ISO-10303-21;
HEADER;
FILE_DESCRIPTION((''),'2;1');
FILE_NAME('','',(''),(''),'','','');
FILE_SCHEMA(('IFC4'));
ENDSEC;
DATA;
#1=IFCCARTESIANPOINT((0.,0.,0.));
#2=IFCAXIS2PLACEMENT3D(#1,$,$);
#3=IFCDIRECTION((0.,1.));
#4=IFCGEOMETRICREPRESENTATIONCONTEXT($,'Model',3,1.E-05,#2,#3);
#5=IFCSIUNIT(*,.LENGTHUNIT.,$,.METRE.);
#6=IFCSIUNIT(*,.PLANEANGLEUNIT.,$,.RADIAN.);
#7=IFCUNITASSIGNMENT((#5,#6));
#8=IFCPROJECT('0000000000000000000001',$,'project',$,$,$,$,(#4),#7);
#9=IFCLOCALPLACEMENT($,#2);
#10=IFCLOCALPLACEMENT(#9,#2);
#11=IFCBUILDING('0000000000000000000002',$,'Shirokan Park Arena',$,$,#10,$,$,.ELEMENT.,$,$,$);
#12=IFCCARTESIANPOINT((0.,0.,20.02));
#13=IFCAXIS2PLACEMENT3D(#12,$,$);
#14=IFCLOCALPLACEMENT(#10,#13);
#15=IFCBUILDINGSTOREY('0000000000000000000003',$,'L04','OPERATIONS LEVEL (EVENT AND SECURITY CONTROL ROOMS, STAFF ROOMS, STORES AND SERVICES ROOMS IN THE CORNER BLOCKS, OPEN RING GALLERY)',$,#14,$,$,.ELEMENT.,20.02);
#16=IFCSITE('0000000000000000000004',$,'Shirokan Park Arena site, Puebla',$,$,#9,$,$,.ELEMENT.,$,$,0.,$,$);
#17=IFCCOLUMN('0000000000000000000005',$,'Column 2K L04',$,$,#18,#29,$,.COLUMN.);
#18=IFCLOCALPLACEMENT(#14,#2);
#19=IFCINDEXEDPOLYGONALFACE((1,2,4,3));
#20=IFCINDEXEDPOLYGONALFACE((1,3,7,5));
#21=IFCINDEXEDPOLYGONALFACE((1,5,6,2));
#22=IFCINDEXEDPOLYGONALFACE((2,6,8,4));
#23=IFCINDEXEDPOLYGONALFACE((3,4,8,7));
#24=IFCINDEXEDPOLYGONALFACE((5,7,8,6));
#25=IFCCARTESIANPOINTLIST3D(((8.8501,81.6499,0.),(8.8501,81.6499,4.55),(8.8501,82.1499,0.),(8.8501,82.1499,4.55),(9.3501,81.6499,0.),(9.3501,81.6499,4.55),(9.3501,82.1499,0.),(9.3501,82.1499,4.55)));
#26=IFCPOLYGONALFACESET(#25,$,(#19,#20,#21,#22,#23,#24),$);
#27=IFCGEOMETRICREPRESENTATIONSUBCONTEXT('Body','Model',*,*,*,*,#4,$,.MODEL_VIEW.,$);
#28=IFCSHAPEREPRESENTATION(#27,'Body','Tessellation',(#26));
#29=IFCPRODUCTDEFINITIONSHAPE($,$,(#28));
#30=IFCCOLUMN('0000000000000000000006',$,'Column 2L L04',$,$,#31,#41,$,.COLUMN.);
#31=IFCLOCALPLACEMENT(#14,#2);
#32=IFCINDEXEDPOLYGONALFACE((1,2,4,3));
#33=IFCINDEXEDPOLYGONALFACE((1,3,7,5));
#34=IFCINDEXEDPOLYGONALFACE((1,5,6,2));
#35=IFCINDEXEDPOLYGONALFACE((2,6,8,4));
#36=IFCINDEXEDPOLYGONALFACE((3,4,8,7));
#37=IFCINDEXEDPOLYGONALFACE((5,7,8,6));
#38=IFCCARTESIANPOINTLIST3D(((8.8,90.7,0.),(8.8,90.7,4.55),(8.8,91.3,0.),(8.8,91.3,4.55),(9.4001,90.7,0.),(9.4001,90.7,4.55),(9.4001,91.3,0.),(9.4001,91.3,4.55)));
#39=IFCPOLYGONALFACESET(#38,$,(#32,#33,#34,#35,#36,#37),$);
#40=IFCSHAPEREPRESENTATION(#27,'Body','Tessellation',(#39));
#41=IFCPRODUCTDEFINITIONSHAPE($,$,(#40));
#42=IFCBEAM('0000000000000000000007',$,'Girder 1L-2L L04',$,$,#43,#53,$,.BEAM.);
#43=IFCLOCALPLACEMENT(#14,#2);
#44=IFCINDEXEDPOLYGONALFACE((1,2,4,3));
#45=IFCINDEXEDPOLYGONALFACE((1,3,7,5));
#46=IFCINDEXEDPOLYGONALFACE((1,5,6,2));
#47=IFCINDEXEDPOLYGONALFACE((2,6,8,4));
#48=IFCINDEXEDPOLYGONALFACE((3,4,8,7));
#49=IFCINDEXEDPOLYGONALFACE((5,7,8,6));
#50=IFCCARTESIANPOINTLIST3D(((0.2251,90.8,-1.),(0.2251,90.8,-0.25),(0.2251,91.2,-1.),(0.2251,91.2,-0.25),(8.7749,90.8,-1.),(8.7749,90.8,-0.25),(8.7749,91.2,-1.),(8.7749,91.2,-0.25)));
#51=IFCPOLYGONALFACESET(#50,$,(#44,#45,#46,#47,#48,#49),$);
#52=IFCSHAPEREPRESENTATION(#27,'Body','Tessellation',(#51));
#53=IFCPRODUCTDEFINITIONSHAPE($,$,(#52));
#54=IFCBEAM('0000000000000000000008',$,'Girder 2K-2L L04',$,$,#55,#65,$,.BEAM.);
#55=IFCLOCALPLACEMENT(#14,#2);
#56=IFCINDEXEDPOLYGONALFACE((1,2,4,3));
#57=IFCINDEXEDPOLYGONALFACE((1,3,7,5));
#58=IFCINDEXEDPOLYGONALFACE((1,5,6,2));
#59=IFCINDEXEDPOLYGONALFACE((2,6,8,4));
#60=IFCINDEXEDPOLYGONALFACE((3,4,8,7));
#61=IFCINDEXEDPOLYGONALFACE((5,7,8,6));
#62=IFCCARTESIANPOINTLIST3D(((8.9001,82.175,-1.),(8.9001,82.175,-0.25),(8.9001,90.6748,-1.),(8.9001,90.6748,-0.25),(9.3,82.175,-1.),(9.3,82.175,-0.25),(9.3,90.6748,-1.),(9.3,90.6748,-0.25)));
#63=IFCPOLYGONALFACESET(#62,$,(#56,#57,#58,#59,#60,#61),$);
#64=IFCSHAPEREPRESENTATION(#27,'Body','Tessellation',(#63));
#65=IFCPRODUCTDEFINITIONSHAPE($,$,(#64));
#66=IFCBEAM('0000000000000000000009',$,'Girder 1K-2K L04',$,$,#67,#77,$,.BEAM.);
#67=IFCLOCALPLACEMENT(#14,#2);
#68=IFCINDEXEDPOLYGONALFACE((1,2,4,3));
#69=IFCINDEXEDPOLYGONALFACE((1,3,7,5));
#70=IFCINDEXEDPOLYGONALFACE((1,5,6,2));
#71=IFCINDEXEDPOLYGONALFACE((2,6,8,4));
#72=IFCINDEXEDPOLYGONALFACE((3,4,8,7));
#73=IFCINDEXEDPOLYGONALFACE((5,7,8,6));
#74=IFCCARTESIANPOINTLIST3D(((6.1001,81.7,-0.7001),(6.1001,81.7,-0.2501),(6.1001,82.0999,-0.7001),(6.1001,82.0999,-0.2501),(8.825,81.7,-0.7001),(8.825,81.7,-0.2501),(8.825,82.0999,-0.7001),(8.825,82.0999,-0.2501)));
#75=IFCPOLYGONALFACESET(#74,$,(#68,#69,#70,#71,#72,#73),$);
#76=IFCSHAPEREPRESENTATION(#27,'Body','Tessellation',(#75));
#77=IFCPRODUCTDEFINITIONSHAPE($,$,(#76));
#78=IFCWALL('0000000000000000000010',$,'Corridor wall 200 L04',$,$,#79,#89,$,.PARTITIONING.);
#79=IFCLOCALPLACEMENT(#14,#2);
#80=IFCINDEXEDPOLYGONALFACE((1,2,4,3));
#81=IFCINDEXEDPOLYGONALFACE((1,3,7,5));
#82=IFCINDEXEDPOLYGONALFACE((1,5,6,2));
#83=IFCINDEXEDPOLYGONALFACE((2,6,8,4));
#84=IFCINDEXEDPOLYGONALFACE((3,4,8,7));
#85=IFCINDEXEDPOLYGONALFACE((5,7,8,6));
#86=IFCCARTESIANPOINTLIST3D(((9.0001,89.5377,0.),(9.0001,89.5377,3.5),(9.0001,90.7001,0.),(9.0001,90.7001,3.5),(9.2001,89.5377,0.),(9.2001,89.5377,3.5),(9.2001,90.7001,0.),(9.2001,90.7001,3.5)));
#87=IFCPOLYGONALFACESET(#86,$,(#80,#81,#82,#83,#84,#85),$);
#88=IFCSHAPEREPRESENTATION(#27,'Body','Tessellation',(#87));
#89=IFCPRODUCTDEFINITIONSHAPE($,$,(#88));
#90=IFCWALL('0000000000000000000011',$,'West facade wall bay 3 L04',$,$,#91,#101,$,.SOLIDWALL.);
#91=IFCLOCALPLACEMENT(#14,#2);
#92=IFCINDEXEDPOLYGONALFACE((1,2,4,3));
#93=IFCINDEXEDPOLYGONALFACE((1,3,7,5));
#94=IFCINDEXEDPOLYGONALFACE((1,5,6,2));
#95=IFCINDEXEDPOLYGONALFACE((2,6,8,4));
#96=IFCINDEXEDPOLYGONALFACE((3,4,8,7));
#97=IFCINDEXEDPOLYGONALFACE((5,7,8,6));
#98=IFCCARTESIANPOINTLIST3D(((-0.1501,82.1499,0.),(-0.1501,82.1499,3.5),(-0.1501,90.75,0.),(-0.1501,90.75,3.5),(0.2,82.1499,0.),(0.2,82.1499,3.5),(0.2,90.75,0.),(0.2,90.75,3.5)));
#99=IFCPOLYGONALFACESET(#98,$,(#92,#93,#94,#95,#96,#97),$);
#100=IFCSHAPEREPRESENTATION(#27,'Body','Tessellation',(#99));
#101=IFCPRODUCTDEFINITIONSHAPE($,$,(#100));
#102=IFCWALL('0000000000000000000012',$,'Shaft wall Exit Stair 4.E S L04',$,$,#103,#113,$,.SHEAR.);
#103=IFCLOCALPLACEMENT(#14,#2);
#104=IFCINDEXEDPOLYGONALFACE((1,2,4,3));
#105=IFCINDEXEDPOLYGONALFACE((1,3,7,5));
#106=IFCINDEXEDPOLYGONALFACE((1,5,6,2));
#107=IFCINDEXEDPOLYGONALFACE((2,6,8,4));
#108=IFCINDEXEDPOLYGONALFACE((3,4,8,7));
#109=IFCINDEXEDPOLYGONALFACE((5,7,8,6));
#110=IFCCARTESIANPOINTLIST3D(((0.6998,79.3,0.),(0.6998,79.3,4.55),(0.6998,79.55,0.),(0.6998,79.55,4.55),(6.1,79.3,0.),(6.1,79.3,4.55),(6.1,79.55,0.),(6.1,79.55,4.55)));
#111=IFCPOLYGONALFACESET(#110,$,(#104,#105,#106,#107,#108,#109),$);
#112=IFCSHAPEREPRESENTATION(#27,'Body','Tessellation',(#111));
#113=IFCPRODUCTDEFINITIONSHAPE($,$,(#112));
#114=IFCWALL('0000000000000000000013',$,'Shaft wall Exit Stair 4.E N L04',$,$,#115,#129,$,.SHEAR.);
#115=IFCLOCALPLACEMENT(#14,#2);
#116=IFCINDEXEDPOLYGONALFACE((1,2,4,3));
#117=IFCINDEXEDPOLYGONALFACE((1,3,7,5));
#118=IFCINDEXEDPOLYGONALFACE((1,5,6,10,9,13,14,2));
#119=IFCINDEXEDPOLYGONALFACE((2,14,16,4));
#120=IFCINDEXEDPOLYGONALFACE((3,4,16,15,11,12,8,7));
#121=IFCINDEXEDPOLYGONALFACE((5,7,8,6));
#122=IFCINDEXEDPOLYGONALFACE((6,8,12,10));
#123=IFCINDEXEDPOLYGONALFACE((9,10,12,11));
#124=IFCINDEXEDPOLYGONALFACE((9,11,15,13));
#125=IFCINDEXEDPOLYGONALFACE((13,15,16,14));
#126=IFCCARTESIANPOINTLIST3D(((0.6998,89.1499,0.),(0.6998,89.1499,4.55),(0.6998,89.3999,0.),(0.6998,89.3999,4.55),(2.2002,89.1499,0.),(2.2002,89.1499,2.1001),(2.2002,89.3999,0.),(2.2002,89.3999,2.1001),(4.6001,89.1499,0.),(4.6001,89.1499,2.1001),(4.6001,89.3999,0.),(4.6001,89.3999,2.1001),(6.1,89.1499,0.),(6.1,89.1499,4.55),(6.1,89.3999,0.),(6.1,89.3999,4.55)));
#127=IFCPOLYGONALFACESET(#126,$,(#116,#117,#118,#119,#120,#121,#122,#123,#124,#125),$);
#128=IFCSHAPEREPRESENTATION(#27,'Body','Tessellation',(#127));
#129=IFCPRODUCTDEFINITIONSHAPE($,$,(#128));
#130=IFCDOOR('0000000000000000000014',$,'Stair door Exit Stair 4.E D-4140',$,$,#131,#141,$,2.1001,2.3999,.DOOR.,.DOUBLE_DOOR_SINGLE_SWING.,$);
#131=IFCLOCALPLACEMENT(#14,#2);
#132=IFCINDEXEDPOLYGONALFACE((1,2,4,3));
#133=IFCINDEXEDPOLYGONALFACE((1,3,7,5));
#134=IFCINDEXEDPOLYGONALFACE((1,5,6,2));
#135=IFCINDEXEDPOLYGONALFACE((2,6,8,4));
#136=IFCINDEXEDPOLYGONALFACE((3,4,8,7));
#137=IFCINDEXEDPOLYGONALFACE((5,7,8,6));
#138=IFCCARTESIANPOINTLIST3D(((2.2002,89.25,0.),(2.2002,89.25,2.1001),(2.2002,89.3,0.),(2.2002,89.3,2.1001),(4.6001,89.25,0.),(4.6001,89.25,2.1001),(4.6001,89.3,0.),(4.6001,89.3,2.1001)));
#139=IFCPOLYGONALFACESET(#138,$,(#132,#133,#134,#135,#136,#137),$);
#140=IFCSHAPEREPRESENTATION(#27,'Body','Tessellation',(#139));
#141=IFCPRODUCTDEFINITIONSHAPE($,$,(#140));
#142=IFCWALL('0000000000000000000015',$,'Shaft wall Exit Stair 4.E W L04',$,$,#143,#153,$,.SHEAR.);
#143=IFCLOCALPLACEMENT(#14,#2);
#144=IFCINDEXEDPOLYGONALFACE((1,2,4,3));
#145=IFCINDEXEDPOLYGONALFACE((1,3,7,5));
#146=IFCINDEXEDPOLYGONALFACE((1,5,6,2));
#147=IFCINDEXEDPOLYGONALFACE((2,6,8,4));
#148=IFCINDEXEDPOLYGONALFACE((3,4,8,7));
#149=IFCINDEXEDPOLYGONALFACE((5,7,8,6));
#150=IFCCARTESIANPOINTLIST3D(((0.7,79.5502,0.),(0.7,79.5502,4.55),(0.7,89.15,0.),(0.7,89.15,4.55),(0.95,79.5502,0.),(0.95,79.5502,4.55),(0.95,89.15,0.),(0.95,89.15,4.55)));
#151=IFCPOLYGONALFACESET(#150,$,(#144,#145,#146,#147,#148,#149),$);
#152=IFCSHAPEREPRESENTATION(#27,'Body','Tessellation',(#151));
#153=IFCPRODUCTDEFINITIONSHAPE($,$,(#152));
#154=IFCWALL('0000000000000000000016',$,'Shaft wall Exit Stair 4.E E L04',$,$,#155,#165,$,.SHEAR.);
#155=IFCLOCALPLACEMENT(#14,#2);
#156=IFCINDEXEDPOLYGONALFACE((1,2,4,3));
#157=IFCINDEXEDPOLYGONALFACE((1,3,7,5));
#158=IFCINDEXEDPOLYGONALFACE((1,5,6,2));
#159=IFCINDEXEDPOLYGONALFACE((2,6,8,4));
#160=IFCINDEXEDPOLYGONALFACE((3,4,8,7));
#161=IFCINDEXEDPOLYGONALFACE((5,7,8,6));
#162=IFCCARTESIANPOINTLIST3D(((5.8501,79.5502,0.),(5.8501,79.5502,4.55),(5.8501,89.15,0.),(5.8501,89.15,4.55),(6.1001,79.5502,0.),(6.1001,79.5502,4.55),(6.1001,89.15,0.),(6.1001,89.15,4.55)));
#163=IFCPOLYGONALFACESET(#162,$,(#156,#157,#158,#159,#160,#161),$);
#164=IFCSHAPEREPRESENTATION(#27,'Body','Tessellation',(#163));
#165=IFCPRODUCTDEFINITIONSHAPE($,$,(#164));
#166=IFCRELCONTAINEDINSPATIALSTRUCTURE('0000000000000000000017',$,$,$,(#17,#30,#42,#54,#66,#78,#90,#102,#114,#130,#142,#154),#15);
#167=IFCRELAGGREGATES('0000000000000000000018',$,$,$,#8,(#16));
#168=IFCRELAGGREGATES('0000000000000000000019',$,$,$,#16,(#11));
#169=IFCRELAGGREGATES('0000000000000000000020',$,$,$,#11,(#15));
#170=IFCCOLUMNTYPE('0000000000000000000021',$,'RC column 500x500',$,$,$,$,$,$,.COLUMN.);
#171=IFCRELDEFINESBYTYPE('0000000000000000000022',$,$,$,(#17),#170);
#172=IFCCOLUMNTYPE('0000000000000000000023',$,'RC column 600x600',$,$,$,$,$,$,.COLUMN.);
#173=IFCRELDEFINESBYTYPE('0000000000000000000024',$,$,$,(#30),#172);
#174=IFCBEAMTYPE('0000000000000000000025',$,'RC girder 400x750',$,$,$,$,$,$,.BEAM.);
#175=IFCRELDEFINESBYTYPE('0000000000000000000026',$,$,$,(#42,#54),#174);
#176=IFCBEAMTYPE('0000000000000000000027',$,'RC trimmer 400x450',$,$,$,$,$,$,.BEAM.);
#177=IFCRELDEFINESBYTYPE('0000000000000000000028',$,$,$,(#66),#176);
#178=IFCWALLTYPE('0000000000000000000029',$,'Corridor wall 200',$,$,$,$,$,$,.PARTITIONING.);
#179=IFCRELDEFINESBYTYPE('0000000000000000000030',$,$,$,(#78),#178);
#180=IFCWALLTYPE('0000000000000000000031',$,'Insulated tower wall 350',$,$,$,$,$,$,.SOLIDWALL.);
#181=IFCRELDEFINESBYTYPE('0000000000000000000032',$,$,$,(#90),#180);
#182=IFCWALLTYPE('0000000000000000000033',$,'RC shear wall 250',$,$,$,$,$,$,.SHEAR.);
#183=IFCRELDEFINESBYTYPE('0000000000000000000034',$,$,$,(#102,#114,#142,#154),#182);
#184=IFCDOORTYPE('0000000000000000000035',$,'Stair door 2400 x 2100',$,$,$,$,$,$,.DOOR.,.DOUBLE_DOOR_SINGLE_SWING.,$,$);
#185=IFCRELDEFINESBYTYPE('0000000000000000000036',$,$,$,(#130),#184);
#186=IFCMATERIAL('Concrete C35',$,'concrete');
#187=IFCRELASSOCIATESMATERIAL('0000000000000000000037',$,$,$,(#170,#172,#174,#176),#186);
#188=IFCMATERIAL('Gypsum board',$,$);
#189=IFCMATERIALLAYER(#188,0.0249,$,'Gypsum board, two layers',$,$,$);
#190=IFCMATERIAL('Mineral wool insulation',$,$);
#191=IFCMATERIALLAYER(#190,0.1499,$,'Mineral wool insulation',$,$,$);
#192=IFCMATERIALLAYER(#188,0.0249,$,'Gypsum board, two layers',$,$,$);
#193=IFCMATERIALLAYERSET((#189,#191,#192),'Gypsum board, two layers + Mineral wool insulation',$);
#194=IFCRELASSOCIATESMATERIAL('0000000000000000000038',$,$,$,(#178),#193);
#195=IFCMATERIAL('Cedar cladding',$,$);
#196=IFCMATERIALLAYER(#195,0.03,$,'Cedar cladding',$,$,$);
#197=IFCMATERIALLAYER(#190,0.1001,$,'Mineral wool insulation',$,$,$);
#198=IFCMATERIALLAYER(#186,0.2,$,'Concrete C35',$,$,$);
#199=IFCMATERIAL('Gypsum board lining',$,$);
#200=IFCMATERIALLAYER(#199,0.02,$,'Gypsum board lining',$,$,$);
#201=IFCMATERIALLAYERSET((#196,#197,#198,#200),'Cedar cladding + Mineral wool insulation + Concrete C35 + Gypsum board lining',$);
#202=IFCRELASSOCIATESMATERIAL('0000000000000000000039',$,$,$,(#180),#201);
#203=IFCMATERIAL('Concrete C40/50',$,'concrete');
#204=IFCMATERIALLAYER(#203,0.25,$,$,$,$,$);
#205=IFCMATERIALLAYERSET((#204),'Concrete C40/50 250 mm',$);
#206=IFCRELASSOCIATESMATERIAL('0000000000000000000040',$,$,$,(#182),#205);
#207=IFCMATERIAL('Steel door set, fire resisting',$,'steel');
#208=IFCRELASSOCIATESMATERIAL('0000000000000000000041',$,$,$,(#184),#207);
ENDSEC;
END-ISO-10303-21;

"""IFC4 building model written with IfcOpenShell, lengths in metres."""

from ifc_helpers import new_model, si_unit, direction, frame, frame_2d, origin, origin_2d, place, context, subcontext, project, spatial, rectangle, extrude, material, layer, layer_set, material_profile, profile_set, type_object, element, fill, save


model = new_model("IFC4")

# Units and contexts
model_context = context("Model", 3, precision=1e-05, world=origin(), true_north=direction((0.0, 1.0)))
body_context = subcontext(model_context, "Body", "Model", "MODEL_VIEW")
ifc_project = project(units=[si_unit("LENGTHUNIT", "METRE"), si_unit("PLANEANGLEUNIT", "RADIAN")], contexts=[model_context])

# Site, building, storey
site_placement = place(None, origin())
site = spatial("IfcSite", under=ifc_project, at=site_placement, Name="Shirokan Park Arena site, Puebla", CompositionType="ELEMENT", RefElevation=0.0)
building_placement = place(site_placement, origin())
building = spatial("IfcBuilding", under=site, at=building_placement, Name="Shirokan Park Arena", CompositionType="ELEMENT")
storey_placement = place(building_placement, frame((0.0, 0.0, 20.02)))
storey = spatial("IfcBuildingStorey", under=building, at=storey_placement, Name="L04", Description="OPERATIONS LEVEL (EVENT AND SECURITY CONTROL ROOMS, STAFF ROOMS, STORES AND SERVICES ROOMS IN THE CORNER BLOCKS, OPEN RING GALLERY)", CompositionType="ELEMENT", Elevation=20.02)

# Columns
ifc_material_1 = material(Name="Concrete C35", Category="concrete")
ifc_material_profile_1 = material_profile(ifc_material_1, rectangle(XDim=0.5, YDim=0.5, at=origin_2d()), Name="500x500")
ifc_profile_set_1 = profile_set([ifc_material_profile_1], Name="Concrete C35")
column_type_1 = type_object("IfcColumnType", Name="RC column 500x500", PredefinedType="COLUMN", material=ifc_profile_set_1)
column_1_placement = place(storey_placement, frame((9.1001, 81.8999, 0.0), z_axis=(0.0, 0.0, 1.0), x_axis=(1.0, 0.0, 0.0)))
element("IfcColumn", 1, at=column_1_placement, inside=storey, type_object=column_type_1, Name="Column 2K L04", PredefinedType="COLUMN", context=body_context, shape_type="SweptSolid", body=[
    extrude(rectangle(XDim=0.5, YDim=0.5, at=origin_2d()), origin(), (0.0, 0.0, 1.0), 4.55),
])
ifc_material_profile_2 = material_profile(ifc_material_1, rectangle(XDim=0.6001, YDim=0.6001, at=origin_2d()), Name="600x600")
ifc_profile_set_2 = profile_set([ifc_material_profile_2], Name="Concrete C35")
column_type_2 = type_object("IfcColumnType", Name="RC column 600x600", PredefinedType="COLUMN", material=ifc_profile_set_2)
column_2_placement = place(storey_placement, frame((9.1001, 91.0, 0.0), z_axis=(0.0, 0.0, 1.0), x_axis=(1.0, 0.0, 0.0)))
element("IfcColumn", 2, at=column_2_placement, inside=storey, type_object=column_type_2, Name="Column 2L L04", PredefinedType="COLUMN", context=body_context, shape_type="SweptSolid", body=[
    extrude(rectangle(XDim=0.6001, YDim=0.6001, at=origin_2d()), origin(), (0.0, 0.0, 1.0), 4.55),
])

# Beams
ifc_material_profile_3 = material_profile(ifc_material_1, rectangle(XDim=0.3999, YDim=0.75, at=origin_2d()), Name="400x750")
ifc_profile_set_3 = profile_set([ifc_material_profile_3], Name="Concrete C35")
beam_type_1 = type_object("IfcBeamType", Name="RC girder 400x750", PredefinedType="BEAM", material=ifc_profile_set_3)
beam_1_placement = place(storey_placement, frame((0.2251, 91.0, -0.625), z_axis=(1.0, 0.0, 0.0), x_axis=(0.0, 1.0, 0.0)))
element("IfcBeam", 3, at=beam_1_placement, inside=storey, type_object=beam_type_1, Name="Girder 1L-2L L04", PredefinedType="BEAM", context=body_context, shape_type="SweptSolid", body=[
    extrude(rectangle(XDim=0.3999, YDim=0.75, at=origin_2d()), origin(), (0.0, 0.0, 1.0), 8.5498),
])
beam_2_placement = place(storey_placement, frame((9.1001, 82.175, -0.625), z_axis=(0.0, 1.0, 0.0), x_axis=(-1.0, 0.0, 0.0)))
element("IfcBeam", 4, at=beam_2_placement, inside=storey, type_object=beam_type_1, Name="Girder 2K-2L L04", PredefinedType="BEAM", context=body_context, shape_type="SweptSolid", body=[
    extrude(rectangle(XDim=0.3999, YDim=0.75, at=origin_2d()), origin(), (0.0, 0.0, 1.0), 8.4998),
])
ifc_material_profile_4 = material_profile(ifc_material_1, rectangle(XDim=0.3999, YDim=0.45, at=origin_2d()), Name="400x450")
ifc_profile_set_4 = profile_set([ifc_material_profile_4], Name="Concrete C35")
beam_type_2 = type_object("IfcBeamType", Name="RC trimmer 400x450", PredefinedType="BEAM", material=ifc_profile_set_4)
beam_3_placement = place(storey_placement, frame((6.1001, 81.8999, -0.4751), z_axis=(1.0, 0.0, 0.0), x_axis=(0.0, 1.0, 0.0)))
element("IfcBeam", 5, at=beam_3_placement, inside=storey, type_object=beam_type_2, Name="Girder 1K-2K L04", PredefinedType="BEAM", context=body_context, shape_type="SweptSolid", body=[
    extrude(rectangle(XDim=0.3999, YDim=0.45, at=origin_2d()), origin(), (0.0, 0.0, 1.0), 2.7249),
])

# Walls
ifc_material_2 = material(Name="Gypsum board")
ifc_layer_1 = layer(ifc_material_2, 0.0249, Name="Gypsum board, two layers")
ifc_material_3 = material(Name="Mineral wool insulation")
ifc_layer_2 = layer(ifc_material_3, 0.1499, Name="Mineral wool insulation")
ifc_layer_3 = layer(ifc_material_2, 0.0249, Name="Gypsum board, two layers")
ifc_layer_set_1 = layer_set([ifc_layer_1, ifc_layer_2, ifc_layer_3], Name="Gypsum board, two layers + Mineral wool insulation")
wall_type_1 = type_object("IfcWallType", Name="Corridor wall 200", PredefinedType="PARTITIONING", material=ifc_layer_set_1)
wall_1_placement = place(storey_placement, frame((9.1001, 90.7, 0.0), z_axis=(0.0, 0.0, 1.0), x_axis=(0.0, -1.0, 0.0)))
element("IfcWall", 6, at=wall_1_placement, inside=storey, type_object=wall_type_1, Name="Corridor wall 200 L04", PredefinedType="PARTITIONING", context=body_context, shape_type="SweptSolid", body=[
    extrude(rectangle(XDim=1.1624, YDim=0.2, at=frame_2d((0.5811, 0.0))), origin(), (0.0, 0.0, 1.0), 3.5),
])
ifc_material_4 = material(Name="Cedar cladding")
ifc_layer_4 = layer(ifc_material_4, 0.03, Name="Cedar cladding")
ifc_layer_5 = layer(ifc_material_3, 0.1001, Name="Mineral wool insulation")
ifc_layer_6 = layer(ifc_material_1, 0.2, Name="Concrete C35")
ifc_material_5 = material(Name="Gypsum board lining")
ifc_layer_7 = layer(ifc_material_5, 0.02, Name="Gypsum board lining")
ifc_layer_set_2 = layer_set([ifc_layer_4, ifc_layer_5, ifc_layer_6, ifc_layer_7], Name="Cedar cladding + Mineral wool insulation + Concrete C35 + Gypsum board lining")
wall_type_2 = type_object("IfcWallType", Name="Insulated tower wall 350", PredefinedType="SOLIDWALL", material=ifc_layer_set_2)
wall_2_placement = place(storey_placement, frame((0.0249, 90.75, 0.0), z_axis=(0.0, 0.0, 1.0), x_axis=(0.0, -1.0, 0.0)))
element("IfcWall", 7, at=wall_2_placement, inside=storey, type_object=wall_type_2, Name="West facade wall bay 3 L04", PredefinedType="SOLIDWALL", context=body_context, shape_type="SweptSolid", body=[
    extrude(rectangle(XDim=8.6001, YDim=0.3501, at=frame_2d((4.3, 0.0))), origin(), (0.0, 0.0, 1.0), 3.5),
])

# Wall
ifc_material_6 = material(Name="Concrete C40/50", Category="concrete")
ifc_layer_8 = layer(ifc_material_6, 0.25)
ifc_layer_set_3 = layer_set([ifc_layer_8], Name="Concrete C40/50 250 mm")
wall_type_3 = type_object("IfcWallType", Name="RC shear wall 250", PredefinedType="SHEAR", material=ifc_layer_set_3)
wall_3_placement = place(storey_placement, frame((6.1001, 79.425, 0.0), z_axis=(0.0, 0.0, 1.0), x_axis=(-1.0, 0.0, 0.0)))
element("IfcWall", 8, at=wall_3_placement, inside=storey, type_object=wall_type_3, Name="Shaft wall Exit Stair 4.E S L04", PredefinedType="SHEAR", context=body_context, shape_type="SweptSolid", body=[
    extrude(rectangle(XDim=5.4001, YDim=0.25, at=frame_2d((2.7002, 0.0))), origin(), (0.0, 0.0, 1.0), 4.55),
])

# Wall, opening, door
wall_4_placement = place(storey_placement, frame((6.1001, 89.2749, 0.0), z_axis=(0.0, 0.0, 1.0), x_axis=(-1.0, 0.0, 0.0)))
wall_4 = element("IfcWall", 9, at=wall_4_placement, inside=storey, type_object=wall_type_3, Name="Shaft wall Exit Stair 4.E N L04", PredefinedType="SHEAR", context=body_context, shape_type="SweptSolid", body=[
    extrude(rectangle(XDim=5.4001, YDim=0.25, at=frame_2d((2.7002, 0.0))), origin(), (0.0, 0.0, 1.0), 4.55),
])
opening_1_placement = place(wall_4_placement, frame((1.5, 0.0, 0.0)))
opening_1 = element("IfcOpeningElement", 10, at=opening_1_placement, cuts=wall_4, PredefinedType="OPENING", context=body_context, shape_type="SweptSolid", body=[
    extrude(rectangle(XDim=2.3999, YDim=2.1001, at=frame_2d((1.2, 1.05))), frame((0.0, 0.135, 0.0), z_axis=(0.0, -1.0, 0.0), x_axis=(1.0, 0.0, 0.0)), (0.0, 0.0, 1.0), 0.27),
])
ifc_material_7 = material(Name="Steel door set, fire resisting", Category="steel")
door_type_1 = type_object("IfcDoorType", Name="Stair door 2400 x 2100", OperationType="DOUBLE_DOOR_SINGLE_SWING", PredefinedType="DOOR", material=ifc_material_7)
door_1_placement = place(opening_1_placement, origin())
door_1 = element("IfcDoor", 11, at=door_1_placement, inside=storey, type_object=door_type_1, Name="Stair door Exit Stair 4.E D-4140", OperationType="DOUBLE_DOOR_SINGLE_SWING", OverallHeight=2.1001, OverallWidth=2.3999, PredefinedType="DOOR", context=body_context, shape_type="SweptSolid", body=[
    extrude(rectangle(XDim=2.3999, YDim=2.1001, at=frame_2d((1.2, 1.05))), frame((0.0, 0.0249, 0.0), z_axis=(0.0, -1.0, 0.0), x_axis=(1.0, 0.0, 0.0)), (0.0, 0.0, 1.0), 0.05),
])
fill(opening_1, door_1)

# Walls
for number, where, z_axis, x_axis, name in (
    (12, (0.825, 89.1499, 0.0), (0.0, 0.0, 1.0), (0.0, -1.0, 0.0), "Shaft wall Exit Stair 4.E W L04"),
    (13, (5.9751, 89.1499, 0.0), (0.0, 0.0, 1.0), (0.0, -1.0, 0.0), "Shaft wall Exit Stair 4.E E L04"),
):
    element("IfcWall", number, at=place(storey_placement, frame(where, z_axis=z_axis, x_axis=x_axis)), inside=storey, type_object=wall_type_3, Name=name, PredefinedType="SHEAR", context=body_context, shape_type="SweptSolid", body=[
        extrude(rectangle(XDim=9.5999, YDim=0.25, at=frame_2d((4.7998, 0.0))), origin(), (0.0, 0.0, 1.0), 4.55),
    ])

save(model, "model.ifc")
